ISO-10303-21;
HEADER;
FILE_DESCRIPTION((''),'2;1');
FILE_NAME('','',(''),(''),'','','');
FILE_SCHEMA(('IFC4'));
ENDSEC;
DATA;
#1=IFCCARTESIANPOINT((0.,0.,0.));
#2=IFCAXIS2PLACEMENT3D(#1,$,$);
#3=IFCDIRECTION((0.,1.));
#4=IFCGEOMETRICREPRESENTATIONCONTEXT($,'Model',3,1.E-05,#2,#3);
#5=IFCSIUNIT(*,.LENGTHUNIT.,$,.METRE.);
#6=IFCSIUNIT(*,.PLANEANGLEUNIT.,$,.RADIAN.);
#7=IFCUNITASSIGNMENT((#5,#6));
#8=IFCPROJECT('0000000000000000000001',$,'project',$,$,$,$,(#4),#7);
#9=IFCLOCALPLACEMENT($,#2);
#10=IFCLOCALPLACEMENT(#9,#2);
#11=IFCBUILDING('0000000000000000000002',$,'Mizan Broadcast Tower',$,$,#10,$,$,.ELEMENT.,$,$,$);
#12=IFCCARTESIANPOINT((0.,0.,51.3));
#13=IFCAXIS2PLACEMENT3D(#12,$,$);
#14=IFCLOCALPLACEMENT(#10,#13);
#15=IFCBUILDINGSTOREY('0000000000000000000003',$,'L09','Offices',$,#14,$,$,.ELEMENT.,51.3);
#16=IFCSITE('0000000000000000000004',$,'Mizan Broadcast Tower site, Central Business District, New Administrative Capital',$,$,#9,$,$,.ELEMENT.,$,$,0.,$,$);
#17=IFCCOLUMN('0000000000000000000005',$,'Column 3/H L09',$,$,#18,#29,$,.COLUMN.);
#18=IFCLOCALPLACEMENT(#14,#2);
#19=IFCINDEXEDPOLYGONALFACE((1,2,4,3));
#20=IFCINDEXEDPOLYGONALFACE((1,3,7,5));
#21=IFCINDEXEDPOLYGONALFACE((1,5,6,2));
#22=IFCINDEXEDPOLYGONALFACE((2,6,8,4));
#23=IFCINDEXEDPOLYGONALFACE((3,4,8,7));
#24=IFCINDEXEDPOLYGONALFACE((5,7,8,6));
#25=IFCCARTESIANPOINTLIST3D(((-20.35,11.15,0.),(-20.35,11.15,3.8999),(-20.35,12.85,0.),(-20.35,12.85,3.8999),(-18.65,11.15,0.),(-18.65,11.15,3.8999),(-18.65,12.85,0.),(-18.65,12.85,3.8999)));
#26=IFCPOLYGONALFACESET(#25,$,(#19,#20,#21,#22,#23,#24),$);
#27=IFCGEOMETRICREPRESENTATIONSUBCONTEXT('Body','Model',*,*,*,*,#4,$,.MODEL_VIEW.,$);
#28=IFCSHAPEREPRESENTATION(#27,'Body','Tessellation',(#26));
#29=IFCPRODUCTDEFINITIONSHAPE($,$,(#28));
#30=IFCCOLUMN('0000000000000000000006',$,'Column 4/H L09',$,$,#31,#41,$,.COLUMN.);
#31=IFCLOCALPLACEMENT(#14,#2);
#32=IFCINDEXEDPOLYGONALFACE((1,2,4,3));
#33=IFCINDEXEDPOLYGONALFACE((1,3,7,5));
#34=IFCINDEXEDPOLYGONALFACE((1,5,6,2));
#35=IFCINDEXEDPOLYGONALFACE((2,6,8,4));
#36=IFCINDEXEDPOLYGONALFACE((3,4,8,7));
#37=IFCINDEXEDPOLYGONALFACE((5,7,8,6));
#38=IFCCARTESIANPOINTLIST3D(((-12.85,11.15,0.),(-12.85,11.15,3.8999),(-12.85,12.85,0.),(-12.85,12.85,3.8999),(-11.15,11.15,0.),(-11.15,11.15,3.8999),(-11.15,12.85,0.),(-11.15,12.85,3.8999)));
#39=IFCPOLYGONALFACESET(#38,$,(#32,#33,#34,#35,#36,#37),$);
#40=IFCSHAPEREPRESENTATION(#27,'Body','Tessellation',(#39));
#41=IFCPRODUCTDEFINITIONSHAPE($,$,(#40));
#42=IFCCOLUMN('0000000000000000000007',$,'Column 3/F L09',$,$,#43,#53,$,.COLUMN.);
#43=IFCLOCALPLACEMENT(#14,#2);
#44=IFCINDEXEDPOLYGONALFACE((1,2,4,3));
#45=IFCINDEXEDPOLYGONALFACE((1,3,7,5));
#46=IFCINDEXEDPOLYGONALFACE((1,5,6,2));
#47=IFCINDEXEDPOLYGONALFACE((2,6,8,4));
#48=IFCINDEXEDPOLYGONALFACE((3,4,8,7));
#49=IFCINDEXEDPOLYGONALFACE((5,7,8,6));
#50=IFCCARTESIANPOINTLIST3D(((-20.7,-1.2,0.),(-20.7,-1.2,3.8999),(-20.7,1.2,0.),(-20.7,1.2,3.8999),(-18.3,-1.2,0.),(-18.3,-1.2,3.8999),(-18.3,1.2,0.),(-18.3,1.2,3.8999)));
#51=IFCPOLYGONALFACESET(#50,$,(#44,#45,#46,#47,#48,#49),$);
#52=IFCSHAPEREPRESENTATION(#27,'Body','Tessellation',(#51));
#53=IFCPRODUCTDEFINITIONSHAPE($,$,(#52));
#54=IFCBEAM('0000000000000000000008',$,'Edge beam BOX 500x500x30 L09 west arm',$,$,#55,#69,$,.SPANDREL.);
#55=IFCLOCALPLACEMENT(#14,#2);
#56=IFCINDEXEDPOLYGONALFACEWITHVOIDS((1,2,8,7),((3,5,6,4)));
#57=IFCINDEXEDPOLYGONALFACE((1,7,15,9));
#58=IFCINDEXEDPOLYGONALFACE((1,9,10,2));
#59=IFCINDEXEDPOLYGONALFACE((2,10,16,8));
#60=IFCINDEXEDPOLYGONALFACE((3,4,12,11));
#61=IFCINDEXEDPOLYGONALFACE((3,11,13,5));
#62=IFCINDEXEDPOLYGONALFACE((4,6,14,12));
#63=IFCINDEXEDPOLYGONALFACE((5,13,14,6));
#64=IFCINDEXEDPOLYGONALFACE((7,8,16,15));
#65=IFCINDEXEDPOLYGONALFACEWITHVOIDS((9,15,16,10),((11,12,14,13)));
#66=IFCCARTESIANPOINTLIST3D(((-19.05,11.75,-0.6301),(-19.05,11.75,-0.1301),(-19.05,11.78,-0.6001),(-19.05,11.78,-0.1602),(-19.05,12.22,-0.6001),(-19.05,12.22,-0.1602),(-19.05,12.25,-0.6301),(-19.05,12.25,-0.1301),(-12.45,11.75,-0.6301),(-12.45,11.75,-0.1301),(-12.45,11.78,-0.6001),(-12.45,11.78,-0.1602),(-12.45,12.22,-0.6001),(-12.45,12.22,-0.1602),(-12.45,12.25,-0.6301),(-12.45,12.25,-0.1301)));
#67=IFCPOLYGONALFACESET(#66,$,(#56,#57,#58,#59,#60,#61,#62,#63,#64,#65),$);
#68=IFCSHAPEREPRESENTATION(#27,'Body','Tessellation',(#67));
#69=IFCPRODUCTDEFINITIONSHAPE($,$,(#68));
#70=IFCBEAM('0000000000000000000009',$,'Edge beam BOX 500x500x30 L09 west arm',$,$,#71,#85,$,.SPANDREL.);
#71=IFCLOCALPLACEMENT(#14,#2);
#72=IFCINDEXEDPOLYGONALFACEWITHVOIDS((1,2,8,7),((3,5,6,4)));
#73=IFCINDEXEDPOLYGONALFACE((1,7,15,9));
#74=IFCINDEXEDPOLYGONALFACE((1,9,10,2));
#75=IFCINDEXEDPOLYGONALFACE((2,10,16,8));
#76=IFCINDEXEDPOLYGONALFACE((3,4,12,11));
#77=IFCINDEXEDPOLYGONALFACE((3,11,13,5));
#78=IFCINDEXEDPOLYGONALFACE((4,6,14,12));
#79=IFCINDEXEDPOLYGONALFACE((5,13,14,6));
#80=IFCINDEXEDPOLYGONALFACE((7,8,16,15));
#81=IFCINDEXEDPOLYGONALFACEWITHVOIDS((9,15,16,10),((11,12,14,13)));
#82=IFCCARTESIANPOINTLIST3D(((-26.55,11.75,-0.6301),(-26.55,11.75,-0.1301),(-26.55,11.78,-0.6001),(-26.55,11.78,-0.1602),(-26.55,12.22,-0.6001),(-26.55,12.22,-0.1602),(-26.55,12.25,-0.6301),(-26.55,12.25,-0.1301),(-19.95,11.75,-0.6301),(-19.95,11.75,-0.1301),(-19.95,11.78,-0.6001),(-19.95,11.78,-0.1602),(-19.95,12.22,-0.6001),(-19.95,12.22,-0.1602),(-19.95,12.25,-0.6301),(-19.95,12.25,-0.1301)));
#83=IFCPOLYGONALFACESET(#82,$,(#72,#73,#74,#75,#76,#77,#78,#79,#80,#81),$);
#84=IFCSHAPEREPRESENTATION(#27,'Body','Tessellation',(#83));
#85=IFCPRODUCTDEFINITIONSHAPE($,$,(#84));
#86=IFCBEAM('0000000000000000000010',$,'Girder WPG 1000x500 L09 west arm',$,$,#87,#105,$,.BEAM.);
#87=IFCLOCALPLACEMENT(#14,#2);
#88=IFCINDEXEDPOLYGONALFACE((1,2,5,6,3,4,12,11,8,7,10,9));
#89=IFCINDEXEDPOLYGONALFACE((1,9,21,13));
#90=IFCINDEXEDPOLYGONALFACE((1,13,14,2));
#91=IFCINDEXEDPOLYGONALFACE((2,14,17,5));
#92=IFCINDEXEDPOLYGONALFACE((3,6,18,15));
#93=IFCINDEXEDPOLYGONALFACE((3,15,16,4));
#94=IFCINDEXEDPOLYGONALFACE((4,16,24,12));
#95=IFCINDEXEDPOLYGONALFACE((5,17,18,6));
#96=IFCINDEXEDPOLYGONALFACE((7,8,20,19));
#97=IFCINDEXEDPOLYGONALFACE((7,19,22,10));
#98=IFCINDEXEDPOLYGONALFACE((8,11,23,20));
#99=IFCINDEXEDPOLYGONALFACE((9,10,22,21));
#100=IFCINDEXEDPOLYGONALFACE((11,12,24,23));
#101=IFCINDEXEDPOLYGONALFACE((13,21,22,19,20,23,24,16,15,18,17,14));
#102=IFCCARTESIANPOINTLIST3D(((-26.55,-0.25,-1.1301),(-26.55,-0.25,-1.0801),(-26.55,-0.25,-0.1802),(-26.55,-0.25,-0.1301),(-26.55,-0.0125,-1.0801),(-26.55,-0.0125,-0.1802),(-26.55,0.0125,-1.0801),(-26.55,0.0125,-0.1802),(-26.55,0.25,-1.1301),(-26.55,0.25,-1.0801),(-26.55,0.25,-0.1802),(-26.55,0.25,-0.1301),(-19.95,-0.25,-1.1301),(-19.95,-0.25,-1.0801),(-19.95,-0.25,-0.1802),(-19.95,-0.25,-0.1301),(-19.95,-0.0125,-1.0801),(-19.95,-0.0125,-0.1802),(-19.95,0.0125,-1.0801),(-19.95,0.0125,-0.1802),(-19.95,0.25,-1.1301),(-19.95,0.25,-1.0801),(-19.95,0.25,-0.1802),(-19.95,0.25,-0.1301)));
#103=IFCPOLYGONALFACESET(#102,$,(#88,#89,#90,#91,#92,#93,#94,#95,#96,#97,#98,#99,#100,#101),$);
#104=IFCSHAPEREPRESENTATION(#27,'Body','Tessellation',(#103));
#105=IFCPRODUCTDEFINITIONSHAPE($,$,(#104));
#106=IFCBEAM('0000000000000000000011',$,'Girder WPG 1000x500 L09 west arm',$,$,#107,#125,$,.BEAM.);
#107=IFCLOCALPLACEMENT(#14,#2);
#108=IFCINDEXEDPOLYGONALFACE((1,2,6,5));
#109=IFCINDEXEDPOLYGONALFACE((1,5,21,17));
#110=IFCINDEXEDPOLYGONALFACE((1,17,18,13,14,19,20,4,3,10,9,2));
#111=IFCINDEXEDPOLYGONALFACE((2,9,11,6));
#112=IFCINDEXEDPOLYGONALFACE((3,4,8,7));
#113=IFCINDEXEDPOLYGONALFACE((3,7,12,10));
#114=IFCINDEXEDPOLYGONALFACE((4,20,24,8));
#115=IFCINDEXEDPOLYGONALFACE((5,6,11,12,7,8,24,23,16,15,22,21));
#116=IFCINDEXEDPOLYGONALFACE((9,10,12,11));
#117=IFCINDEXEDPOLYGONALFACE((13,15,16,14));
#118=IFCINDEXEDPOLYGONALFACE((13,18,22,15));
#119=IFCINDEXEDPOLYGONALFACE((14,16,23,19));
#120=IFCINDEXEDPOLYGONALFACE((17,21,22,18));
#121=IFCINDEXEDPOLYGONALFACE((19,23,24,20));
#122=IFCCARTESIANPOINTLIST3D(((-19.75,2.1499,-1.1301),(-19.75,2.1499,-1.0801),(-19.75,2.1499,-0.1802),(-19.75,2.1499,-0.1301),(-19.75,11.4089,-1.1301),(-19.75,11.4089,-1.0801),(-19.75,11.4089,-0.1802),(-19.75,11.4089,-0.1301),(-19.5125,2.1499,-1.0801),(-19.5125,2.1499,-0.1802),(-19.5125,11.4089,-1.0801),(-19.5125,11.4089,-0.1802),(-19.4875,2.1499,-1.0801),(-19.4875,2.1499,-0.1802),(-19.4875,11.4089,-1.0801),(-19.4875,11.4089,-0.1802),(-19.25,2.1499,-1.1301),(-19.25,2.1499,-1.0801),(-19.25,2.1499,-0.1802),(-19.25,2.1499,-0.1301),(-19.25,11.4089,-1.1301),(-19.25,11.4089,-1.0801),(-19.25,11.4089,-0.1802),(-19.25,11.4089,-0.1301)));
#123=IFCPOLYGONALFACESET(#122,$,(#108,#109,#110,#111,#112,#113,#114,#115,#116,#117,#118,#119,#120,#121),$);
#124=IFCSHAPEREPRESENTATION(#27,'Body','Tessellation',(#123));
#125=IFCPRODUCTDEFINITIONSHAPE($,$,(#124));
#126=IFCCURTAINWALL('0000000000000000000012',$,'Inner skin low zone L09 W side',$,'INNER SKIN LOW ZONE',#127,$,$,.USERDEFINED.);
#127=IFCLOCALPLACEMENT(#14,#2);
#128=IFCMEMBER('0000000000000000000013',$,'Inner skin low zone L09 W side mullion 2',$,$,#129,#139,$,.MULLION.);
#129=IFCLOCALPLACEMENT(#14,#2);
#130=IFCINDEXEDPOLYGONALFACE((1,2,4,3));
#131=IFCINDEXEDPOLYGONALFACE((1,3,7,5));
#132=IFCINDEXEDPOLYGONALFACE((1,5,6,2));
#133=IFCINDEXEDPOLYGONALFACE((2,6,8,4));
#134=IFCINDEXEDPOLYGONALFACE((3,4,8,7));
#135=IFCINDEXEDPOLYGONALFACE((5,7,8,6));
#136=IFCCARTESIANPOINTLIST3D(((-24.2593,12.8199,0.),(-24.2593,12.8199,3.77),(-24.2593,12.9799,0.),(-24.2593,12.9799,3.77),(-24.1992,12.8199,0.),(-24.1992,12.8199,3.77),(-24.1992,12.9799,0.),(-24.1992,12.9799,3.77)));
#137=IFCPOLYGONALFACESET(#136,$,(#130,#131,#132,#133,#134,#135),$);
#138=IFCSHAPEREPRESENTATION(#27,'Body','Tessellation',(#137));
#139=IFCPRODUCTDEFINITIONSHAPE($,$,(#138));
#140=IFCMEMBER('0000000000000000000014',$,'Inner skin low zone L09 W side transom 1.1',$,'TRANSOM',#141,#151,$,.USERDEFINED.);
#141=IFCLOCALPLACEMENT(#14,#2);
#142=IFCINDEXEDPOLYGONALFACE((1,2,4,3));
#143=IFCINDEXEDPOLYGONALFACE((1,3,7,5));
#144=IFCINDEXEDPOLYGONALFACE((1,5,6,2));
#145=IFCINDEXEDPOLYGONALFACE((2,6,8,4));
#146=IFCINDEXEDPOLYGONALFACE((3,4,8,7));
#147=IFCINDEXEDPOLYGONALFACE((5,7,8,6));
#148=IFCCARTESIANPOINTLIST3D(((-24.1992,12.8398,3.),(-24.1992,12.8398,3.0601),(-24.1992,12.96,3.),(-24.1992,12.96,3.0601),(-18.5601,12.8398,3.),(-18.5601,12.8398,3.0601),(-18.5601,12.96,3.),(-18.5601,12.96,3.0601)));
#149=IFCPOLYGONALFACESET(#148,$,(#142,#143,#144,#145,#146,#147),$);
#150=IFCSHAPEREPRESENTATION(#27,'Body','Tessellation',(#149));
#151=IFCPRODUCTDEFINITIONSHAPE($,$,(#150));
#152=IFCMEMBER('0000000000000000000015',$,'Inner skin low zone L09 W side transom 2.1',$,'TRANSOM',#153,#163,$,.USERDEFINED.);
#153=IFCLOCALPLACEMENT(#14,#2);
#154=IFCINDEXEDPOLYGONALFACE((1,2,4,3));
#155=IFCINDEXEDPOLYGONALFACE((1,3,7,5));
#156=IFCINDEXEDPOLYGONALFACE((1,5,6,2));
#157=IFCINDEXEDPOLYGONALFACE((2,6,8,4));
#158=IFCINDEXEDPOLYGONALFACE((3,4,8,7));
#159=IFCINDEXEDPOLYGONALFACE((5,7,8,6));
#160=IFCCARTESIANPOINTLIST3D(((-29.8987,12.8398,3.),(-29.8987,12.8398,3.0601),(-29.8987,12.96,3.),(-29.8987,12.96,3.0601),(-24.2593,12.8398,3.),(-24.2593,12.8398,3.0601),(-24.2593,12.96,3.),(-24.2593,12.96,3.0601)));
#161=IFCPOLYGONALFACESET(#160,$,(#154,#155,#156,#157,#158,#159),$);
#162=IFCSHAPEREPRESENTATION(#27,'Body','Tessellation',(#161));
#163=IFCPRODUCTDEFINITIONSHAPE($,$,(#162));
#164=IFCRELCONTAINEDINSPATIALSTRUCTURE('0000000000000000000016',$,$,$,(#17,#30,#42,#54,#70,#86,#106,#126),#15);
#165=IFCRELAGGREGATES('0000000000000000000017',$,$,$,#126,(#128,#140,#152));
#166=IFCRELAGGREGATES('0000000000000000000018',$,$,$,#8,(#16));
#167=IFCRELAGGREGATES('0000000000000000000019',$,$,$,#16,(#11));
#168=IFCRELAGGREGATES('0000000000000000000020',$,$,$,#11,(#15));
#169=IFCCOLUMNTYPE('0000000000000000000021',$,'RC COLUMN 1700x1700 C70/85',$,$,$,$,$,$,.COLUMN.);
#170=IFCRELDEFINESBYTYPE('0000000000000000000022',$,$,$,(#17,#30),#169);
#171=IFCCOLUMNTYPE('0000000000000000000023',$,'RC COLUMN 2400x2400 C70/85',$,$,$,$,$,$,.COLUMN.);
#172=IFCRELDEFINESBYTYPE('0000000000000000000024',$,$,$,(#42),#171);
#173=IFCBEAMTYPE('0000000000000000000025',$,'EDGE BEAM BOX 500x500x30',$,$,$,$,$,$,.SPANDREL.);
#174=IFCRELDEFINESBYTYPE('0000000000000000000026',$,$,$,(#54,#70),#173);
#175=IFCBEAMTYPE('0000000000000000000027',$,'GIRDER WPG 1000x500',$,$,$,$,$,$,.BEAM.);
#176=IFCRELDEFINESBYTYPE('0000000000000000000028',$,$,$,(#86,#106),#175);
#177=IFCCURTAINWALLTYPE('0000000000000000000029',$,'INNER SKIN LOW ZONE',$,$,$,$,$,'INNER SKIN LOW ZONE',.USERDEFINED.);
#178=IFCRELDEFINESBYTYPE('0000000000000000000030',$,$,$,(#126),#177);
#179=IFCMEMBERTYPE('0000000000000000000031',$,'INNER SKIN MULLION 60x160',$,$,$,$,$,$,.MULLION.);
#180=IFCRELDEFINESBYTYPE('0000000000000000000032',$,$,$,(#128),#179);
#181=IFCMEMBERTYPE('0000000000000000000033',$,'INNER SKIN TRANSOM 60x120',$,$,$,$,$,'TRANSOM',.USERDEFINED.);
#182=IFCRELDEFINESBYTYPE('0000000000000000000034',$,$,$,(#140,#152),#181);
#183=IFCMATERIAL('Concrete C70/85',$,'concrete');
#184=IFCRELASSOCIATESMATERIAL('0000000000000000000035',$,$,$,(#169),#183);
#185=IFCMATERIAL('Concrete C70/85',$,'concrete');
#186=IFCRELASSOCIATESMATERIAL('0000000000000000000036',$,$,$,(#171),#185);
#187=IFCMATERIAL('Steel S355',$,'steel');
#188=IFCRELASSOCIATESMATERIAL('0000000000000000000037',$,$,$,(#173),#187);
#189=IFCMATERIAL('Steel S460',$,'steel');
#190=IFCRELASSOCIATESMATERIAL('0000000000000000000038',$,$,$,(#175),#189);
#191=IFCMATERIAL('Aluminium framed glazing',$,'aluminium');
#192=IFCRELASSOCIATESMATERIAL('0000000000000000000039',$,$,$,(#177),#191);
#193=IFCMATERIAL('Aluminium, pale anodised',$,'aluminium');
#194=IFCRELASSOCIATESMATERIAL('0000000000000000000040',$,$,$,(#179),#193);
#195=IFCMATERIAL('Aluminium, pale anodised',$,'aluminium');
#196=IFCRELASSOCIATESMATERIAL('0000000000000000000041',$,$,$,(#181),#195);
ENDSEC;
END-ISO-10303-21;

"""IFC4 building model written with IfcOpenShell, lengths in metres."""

from ifc_helpers import new_model, si_unit, direction, frame, origin, origin_2d, place, context, subcontext, project, spatial, rectangle, hollow_rectangle, i_section, extrude, material, material_profile, profile_set, type_object, element, aggregate, save


model = new_model("IFC4")

# Units and contexts
model_context = context("Model", 3, precision=1e-05, world=origin(), true_north=direction((0.0, 1.0)))
body_context = subcontext(model_context, "Body", "Model", "MODEL_VIEW")
ifc_project = project(units=[si_unit("LENGTHUNIT", "METRE"), si_unit("PLANEANGLEUNIT", "RADIAN")], contexts=[model_context])

# Site, building, storey
site_placement = place(None, origin())
site = spatial("IfcSite", under=ifc_project, at=site_placement, Name="Mizan Broadcast Tower site, Central Business District, New Administrative Capital", CompositionType="ELEMENT", RefElevation=0.0)
building_placement = place(site_placement, origin())
building = spatial("IfcBuilding", under=site, at=building_placement, Name="Mizan Broadcast Tower", CompositionType="ELEMENT")
storey_placement = place(building_placement, frame((0.0, 0.0, 51.3)))
storey = spatial("IfcBuildingStorey", under=building, at=storey_placement, Name="L09", Description="Offices", CompositionType="ELEMENT", Elevation=51.3)

# Columns
ifc_material_1 = material(Name="Concrete C70/85", Category="concrete")
ifc_material_profile_1 = material_profile(ifc_material_1, rectangle(XDim=1.7, YDim=1.7, at=origin_2d()), Name="RC 1700x1700")
ifc_profile_set_1 = profile_set([ifc_material_profile_1], Name="Concrete C70/85")
column_type_1 = type_object("IfcColumnType", Name="RC COLUMN 1700x1700 C70/85", PredefinedType="COLUMN", material=ifc_profile_set_1)
for number, where, z_axis, x_axis, name in (
    (1, (-19.5, 12.0, 0.0), (0.0, 0.0, 1.0), (1.0, 0.0, 0.0), "Column 3/H L09"),
    (2, (-12.0, 12.0, 0.0), (0.0, 0.0, 1.0), (1.0, 0.0, 0.0), "Column 4/H L09"),
):
    element("IfcColumn", number, at=place(storey_placement, frame(where, z_axis=z_axis, x_axis=x_axis)), inside=storey, type_object=column_type_1, Name=name, PredefinedType="COLUMN", context=body_context, shape_type="SweptSolid", body=[
        extrude(rectangle(XDim=1.7, YDim=1.7, at=origin_2d()), origin(), (0.0, 0.0, 1.0), 3.8999),
    ])
ifc_material_2 = material(Name="Concrete C70/85", Category="concrete")
ifc_material_profile_2 = material_profile(ifc_material_2, rectangle(XDim=2.3999, YDim=2.3999, at=origin_2d()), Name="RC 2400x2400")
ifc_profile_set_2 = profile_set([ifc_material_profile_2], Name="Concrete C70/85")
column_type_2 = type_object("IfcColumnType", Name="RC COLUMN 2400x2400 C70/85", PredefinedType="COLUMN", material=ifc_profile_set_2)
column_placement = place(storey_placement, frame((-19.5, 0.0, 0.0), z_axis=(0.0, 0.0, 1.0), x_axis=(1.0, 0.0, 0.0)))
element("IfcColumn", 3, at=column_placement, inside=storey, type_object=column_type_2, Name="Column 3/F L09", PredefinedType="COLUMN", context=body_context, shape_type="SweptSolid", body=[
    extrude(rectangle(XDim=2.3999, YDim=2.3999, at=origin_2d()), origin(), (0.0, 0.0, 1.0), 3.8999),
])

# Beams
ifc_material_3 = material(Name="Steel S355", Category="steel")
ifc_material_profile_3 = material_profile(ifc_material_3, hollow_rectangle(XDim=0.5, YDim=0.5, WallThickness=0.03, at=origin_2d()), Name="BOX 500x500x30")
ifc_profile_set_3 = profile_set([ifc_material_profile_3], Name="Steel S355")
beam_type_1 = type_object("IfcBeamType", Name="EDGE BEAM BOX 500x500x30", PredefinedType="SPANDREL", material=ifc_profile_set_3)
for number, where, z_axis, x_axis, name in (
    (4, (-12.45, 12.0, -0.3801), (-1.0, 0.0, 0.0), (0.0, -1.0, 0.0), "Edge beam BOX 500x500x30 L09 west arm"),
    (5, (-19.95, 12.0, -0.3801), (-1.0, 0.0, 0.0), (0.0, -1.0, 0.0), "Edge beam BOX 500x500x30 L09 west arm"),
):
    element("IfcBeam", number, at=place(storey_placement, frame(where, z_axis=z_axis, x_axis=x_axis)), inside=storey, type_object=beam_type_1, Name=name, PredefinedType="SPANDREL", context=body_context, shape_type="SweptSolid", body=[
        extrude(hollow_rectangle(XDim=0.5, YDim=0.5, WallThickness=0.03, at=origin_2d()), origin(), (0.0, 0.0, 1.0), 6.6001),
    ])
ifc_material_4 = material(Name="Steel S460", Category="steel")
ifc_material_profile_4 = material_profile(ifc_material_4, i_section(OverallWidth=0.5, OverallDepth=1.0, WebThickness=0.0249, FlangeThickness=0.05, at=origin_2d()), Name="WPG 1000x500")
ifc_profile_set_4 = profile_set([ifc_material_profile_4], Name="Steel S460")
beam_type_2 = type_object("IfcBeamType", Name="GIRDER WPG 1000x500", PredefinedType="BEAM", material=ifc_profile_set_4)
beam_1_placement = place(storey_placement, frame((-19.95, 0.0, -0.6301), z_axis=(-1.0, 0.0, 0.0), x_axis=(0.0, -1.0, 0.0)))
element("IfcBeam", 6, at=beam_1_placement, inside=storey, type_object=beam_type_2, Name="Girder WPG 1000x500 L09 west arm", PredefinedType="BEAM", context=body_context, shape_type="SweptSolid", body=[
    extrude(i_section(OverallWidth=0.5, OverallDepth=1.0, WebThickness=0.0249, FlangeThickness=0.05, at=origin_2d()), origin(), (0.0, 0.0, 1.0), 6.6001),
])
beam_2_placement = place(storey_placement, frame((-19.5, 11.4089, -0.6301), z_axis=(0.0, -1.0, 0.0), x_axis=(1.0, 0.0, 0.0)))
element("IfcBeam", 7, at=beam_2_placement, inside=storey, type_object=beam_type_2, Name="Girder WPG 1000x500 L09 west arm", PredefinedType="BEAM", context=body_context, shape_type="SweptSolid", body=[
    extrude(i_section(OverallWidth=0.5, OverallDepth=1.0, WebThickness=0.0249, FlangeThickness=0.05, at=origin_2d()), origin(), (0.0, 0.0, 1.0), 9.259),
])

# Curtain wall, members
ifc_material_5 = material(Name="Aluminium framed glazing", Category="aluminium")
curtain_wall_type = type_object("IfcCurtainWallType", Name="INNER SKIN LOW ZONE", ElementType="INNER SKIN LOW ZONE", PredefinedType="USERDEFINED", material=ifc_material_5)
curtain_wall_placement = place(storey_placement, origin())
curtain_wall = element("IfcCurtainWall", 8, at=curtain_wall_placement, inside=storey, type_object=curtain_wall_type, Name="Inner skin low zone L09 W side", ObjectType="INNER SKIN LOW ZONE", PredefinedType="USERDEFINED")
ifc_material_6 = material(Name="Aluminium, pale anodised", Category="aluminium")
ifc_material_profile_5 = material_profile(ifc_material_6, rectangle(XDim=0.1599, YDim=0.0601, at=origin_2d()), Name="MULLION 160x60")
ifc_profile_set_5 = profile_set([ifc_material_profile_5], Name="Aluminium, pale anodised")
member_type_1 = type_object("IfcMemberType", Name="INNER SKIN MULLION 60x160", PredefinedType="MULLION", material=ifc_profile_set_5)
member_1_placement = place(storey_placement, frame((-24.2292, 12.8999, 0.0), z_axis=(0.0, 0.0, 1.0), x_axis=(0.0, -1.0, 0.0)))
member_1 = element("IfcMember", 9, at=member_1_placement, type_object=member_type_1, Name="Inner skin low zone L09 W side mullion 2", PredefinedType="MULLION", context=body_context, shape_type="SweptSolid", body=[
    extrude(rectangle(XDim=0.1599, YDim=0.0601, at=origin_2d()), origin(), (0.0, 0.0, 1.0), 3.77),
])
ifc_material_7 = material(Name="Aluminium, pale anodised", Category="aluminium")
ifc_material_profile_6 = material_profile(ifc_material_7, rectangle(XDim=0.1201, YDim=0.0601, at=origin_2d()), Name="TRANSOM 120x60")
ifc_profile_set_6 = profile_set([ifc_material_profile_6], Name="Aluminium, pale anodised")
member_type_2 = type_object("IfcMemberType", Name="INNER SKIN TRANSOM 60x120", ElementType="TRANSOM", PredefinedType="USERDEFINED", material=ifc_profile_set_6)
member_2_placement = place(storey_placement, frame((-18.5601, 12.8999, 3.03), z_axis=(-1.0, 0.0, 0.0), x_axis=(0.0, -1.0, 0.0)))
member_2 = element("IfcMember", 10, at=member_2_placement, type_object=member_type_2, Name="Inner skin low zone L09 W side transom 1.1", ObjectType="TRANSOM", PredefinedType="USERDEFINED", context=body_context, shape_type="SweptSolid", body=[
    extrude(rectangle(XDim=0.1201, YDim=0.0601, at=origin_2d()), origin(), (0.0, 0.0, 1.0), 5.6392),
])
member_3_placement = place(storey_placement, frame((-24.2593, 12.8999, 3.03), z_axis=(-1.0, 0.0, 0.0), x_axis=(0.0, -1.0, 0.0)))
member_3 = element("IfcMember", 11, at=member_3_placement, type_object=member_type_2, Name="Inner skin low zone L09 W side transom 2.1", ObjectType="TRANSOM", PredefinedType="USERDEFINED", context=body_context, shape_type="SweptSolid", body=[
    extrude(rectangle(XDim=0.1201, YDim=0.0601, at=origin_2d()), origin(), (0.0, 0.0, 1.0), 5.6394),
])

aggregate(curtain_wall, [member_1, member_2, member_3])

save(model, "model.ifc")
